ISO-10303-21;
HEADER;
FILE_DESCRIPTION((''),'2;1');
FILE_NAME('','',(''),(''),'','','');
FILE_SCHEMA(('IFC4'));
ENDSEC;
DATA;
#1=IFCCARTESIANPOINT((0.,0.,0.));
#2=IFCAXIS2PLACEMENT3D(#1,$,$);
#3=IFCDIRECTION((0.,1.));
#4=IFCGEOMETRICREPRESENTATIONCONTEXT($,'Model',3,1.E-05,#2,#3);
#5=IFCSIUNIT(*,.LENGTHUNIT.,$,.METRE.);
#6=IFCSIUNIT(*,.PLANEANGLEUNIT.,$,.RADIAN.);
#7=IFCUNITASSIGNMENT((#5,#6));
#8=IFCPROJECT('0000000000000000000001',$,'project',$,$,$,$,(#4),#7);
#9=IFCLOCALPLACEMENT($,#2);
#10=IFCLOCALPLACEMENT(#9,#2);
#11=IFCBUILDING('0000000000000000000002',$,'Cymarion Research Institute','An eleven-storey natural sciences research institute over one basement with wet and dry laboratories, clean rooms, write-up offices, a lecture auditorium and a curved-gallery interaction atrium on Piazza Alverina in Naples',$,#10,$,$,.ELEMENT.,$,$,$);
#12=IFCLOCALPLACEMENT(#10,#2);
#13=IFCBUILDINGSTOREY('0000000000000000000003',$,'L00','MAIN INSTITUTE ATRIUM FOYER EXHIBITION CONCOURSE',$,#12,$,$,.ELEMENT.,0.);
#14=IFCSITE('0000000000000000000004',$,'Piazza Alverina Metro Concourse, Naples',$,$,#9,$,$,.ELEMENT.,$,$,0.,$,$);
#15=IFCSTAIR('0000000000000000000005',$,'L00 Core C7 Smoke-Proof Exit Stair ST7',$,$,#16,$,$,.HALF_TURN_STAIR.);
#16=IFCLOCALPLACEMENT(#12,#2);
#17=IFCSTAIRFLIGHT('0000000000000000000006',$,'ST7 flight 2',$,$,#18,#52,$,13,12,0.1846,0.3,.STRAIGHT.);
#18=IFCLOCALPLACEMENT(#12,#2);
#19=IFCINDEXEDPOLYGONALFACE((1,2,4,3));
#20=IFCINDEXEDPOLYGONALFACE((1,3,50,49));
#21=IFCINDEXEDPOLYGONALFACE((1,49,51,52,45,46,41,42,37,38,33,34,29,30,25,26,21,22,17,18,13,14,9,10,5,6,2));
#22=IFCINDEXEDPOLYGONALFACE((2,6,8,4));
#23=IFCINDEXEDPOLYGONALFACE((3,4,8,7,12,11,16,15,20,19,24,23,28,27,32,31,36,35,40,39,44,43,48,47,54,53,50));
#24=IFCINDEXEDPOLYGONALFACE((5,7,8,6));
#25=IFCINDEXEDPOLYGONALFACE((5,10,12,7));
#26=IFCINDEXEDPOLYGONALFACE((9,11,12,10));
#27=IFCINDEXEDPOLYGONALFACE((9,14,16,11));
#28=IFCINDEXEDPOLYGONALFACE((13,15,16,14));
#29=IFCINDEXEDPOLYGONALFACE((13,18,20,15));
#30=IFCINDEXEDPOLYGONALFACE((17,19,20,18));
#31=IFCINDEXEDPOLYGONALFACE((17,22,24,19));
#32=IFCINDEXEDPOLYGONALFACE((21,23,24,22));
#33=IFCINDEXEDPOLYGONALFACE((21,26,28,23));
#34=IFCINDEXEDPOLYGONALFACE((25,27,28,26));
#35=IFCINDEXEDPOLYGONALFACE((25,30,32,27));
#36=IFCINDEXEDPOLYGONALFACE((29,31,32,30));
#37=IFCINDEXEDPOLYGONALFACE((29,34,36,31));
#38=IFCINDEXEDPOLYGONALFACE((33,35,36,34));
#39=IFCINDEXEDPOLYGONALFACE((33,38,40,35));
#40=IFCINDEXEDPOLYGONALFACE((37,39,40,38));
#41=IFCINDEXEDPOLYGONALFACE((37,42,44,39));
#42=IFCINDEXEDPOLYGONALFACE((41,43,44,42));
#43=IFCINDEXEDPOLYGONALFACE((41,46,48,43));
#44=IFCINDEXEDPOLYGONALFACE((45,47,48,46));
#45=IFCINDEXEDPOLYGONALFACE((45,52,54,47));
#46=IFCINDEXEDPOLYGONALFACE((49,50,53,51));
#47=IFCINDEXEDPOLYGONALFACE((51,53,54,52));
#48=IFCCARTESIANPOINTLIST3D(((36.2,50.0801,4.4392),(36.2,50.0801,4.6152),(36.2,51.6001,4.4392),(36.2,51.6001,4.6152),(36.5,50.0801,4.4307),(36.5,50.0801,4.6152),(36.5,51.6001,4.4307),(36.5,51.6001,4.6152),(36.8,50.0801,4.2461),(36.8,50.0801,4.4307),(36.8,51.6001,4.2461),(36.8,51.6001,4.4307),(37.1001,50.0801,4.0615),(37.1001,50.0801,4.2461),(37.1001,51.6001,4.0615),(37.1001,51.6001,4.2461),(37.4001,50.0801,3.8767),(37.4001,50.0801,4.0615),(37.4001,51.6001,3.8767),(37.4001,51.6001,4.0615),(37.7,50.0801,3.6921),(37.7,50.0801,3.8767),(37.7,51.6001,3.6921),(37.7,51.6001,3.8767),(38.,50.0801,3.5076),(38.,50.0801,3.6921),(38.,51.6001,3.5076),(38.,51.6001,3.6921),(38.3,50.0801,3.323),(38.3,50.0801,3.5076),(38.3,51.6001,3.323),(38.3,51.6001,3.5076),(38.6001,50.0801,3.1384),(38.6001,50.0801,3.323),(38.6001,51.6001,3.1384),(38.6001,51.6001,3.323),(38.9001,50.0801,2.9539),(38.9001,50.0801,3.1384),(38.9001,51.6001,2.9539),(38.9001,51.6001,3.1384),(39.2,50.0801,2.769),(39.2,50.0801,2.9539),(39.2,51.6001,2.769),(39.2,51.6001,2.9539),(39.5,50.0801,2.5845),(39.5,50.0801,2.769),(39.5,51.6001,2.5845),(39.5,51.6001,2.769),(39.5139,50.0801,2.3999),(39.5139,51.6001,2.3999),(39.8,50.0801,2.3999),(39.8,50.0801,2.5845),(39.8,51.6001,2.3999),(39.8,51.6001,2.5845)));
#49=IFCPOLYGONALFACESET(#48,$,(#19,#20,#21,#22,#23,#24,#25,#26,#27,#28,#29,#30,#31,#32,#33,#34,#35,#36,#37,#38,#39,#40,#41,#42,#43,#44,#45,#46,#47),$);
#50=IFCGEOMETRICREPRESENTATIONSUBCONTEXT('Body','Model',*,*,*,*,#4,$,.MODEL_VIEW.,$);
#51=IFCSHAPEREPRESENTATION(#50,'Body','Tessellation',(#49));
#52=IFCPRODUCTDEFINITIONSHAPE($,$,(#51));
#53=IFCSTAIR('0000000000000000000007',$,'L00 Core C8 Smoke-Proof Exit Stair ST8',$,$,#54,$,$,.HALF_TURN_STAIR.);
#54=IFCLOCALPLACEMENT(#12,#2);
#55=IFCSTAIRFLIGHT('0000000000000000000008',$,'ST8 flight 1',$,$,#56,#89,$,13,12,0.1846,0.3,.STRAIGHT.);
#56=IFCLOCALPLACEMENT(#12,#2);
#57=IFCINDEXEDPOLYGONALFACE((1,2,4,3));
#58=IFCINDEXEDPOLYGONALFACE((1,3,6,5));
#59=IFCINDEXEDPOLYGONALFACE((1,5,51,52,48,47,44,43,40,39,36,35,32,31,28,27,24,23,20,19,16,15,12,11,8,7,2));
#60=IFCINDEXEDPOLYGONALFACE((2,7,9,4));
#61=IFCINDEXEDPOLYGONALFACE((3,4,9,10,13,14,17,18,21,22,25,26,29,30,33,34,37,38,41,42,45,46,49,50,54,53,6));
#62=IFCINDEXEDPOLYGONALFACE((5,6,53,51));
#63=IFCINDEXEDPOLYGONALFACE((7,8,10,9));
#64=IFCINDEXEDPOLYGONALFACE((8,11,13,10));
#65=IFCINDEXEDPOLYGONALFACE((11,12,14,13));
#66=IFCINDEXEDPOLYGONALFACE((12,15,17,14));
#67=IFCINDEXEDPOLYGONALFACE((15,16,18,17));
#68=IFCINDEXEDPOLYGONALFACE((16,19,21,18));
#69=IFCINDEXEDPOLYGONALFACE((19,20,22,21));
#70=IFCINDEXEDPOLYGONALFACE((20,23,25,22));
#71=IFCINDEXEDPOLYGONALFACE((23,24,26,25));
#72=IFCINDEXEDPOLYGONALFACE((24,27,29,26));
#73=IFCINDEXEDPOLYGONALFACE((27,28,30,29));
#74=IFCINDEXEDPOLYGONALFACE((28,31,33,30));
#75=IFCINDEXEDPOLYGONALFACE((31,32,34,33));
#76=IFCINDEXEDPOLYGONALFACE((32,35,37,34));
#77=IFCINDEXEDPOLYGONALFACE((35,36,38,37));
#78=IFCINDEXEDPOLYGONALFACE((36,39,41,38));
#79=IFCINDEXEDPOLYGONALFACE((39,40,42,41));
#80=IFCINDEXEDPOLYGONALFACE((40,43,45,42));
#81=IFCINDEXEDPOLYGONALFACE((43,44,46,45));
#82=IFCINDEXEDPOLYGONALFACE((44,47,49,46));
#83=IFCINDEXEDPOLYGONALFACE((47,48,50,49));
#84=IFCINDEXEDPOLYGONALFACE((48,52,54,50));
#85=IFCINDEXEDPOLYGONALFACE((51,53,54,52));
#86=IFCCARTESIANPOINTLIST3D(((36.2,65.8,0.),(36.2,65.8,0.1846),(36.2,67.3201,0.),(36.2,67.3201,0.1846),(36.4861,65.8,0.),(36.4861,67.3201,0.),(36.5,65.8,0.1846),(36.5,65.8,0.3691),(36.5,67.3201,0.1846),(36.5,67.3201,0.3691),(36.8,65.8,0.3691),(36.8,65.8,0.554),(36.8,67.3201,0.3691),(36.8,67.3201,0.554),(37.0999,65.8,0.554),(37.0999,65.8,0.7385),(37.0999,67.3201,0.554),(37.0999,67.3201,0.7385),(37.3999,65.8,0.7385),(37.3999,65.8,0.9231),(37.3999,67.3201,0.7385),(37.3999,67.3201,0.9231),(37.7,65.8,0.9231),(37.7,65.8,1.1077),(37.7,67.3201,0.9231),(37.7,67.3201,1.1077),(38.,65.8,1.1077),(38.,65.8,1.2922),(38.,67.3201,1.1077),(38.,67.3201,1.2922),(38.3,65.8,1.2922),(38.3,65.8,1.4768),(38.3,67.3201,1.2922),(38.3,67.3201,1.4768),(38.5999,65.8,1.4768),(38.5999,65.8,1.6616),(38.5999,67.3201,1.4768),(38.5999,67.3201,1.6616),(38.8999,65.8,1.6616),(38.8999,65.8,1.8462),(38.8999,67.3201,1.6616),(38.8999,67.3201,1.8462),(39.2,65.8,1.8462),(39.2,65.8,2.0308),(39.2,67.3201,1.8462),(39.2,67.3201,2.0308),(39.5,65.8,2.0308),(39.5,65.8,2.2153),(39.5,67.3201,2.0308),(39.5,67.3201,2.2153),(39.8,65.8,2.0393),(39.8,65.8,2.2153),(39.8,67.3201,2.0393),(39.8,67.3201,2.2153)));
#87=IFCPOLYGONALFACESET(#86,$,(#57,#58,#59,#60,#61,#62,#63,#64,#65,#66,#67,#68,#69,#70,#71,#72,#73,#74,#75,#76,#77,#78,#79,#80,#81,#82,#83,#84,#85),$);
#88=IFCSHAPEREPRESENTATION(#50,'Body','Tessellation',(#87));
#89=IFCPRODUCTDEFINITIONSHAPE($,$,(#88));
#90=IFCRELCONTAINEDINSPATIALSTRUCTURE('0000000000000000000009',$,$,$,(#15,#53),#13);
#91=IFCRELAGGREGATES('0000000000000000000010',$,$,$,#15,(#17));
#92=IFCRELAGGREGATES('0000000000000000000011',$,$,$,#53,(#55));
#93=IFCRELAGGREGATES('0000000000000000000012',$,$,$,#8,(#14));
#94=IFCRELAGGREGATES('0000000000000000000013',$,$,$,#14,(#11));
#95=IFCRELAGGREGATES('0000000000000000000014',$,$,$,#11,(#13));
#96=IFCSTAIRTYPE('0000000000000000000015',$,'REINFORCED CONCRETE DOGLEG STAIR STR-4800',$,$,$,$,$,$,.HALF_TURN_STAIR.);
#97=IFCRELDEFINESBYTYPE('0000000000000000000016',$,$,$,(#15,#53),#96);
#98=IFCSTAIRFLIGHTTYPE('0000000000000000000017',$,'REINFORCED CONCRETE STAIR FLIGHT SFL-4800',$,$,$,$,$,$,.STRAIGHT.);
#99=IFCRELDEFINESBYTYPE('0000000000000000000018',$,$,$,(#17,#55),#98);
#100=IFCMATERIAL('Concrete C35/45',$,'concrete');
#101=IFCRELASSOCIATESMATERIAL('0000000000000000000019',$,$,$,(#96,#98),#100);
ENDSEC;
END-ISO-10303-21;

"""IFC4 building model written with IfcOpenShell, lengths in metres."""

from ifc_helpers import new_model, si_unit, direction, frame, origin, place, context, subcontext, project, spatial, polyline, outline, extrude, material, type_object, element, aggregate, save


model = new_model("IFC4")

# Units and contexts
model_context = context("Model", 3, precision=1e-05, world=origin(), true_north=direction((0.0, 1.0)))
body_context = subcontext(model_context, "Body", "Model", "MODEL_VIEW")
ifc_project = project(units=[si_unit("LENGTHUNIT", "METRE"), si_unit("PLANEANGLEUNIT", "RADIAN")], contexts=[model_context])

# Site, building, storey
site_placement = place(None, origin())
site = spatial("IfcSite", under=ifc_project, at=site_placement, Name="Piazza Alverina Metro Concourse, Naples", CompositionType="ELEMENT", RefElevation=0.0)
building_placement = place(site_placement, origin())
building = spatial("IfcBuilding", under=site, at=building_placement, Name="Cymarion Research Institute", Description="An eleven-storey natural sciences research institute over one basement with wet and dry laboratories, clean rooms, write-up offices, a lecture auditorium and a curved-gallery interaction atrium on Piazza Alverina in Naples", CompositionType="ELEMENT")
storey_placement = place(building_placement, origin())
storey = spatial("IfcBuildingStorey", under=building, at=storey_placement, Name="L00", Description="MAIN INSTITUTE ATRIUM FOYER EXHIBITION CONCOURSE", CompositionType="ELEMENT", Elevation=0.0)

# Stair, stair flight
ifc_material_1 = material(Name="Concrete C35/45", Category="concrete")
stair_type = type_object("IfcStairType", Name="REINFORCED CONCRETE DOGLEG STAIR STR-4800", PredefinedType="HALF_TURN_STAIR", material=ifc_material_1)
stair_1_placement = place(storey_placement, origin())
stair_1 = element("IfcStair", 1, at=stair_1_placement, inside=storey, type_object=stair_type, Name="L00 Core C7 Smoke-Proof Exit Stair ST7", PredefinedType="HALF_TURN_STAIR")
stair_flight_type = type_object("IfcStairFlightType", Name="REINFORCED CONCRETE STAIR FLIGHT SFL-4800", PredefinedType="STRAIGHT", material=ifc_material_1)
stair_flight_1_placement = place(storey_placement, frame((39.8, 50.8401, 2.3999), z_axis=(0.0, 0.0, 1.0), x_axis=(-1.0, 0.0, 0.0)))
stair_flight_1 = element("IfcStairFlight", 2, at=stair_flight_1_placement, type_object=stair_flight_type, Name="ST7 flight 2", NumberOfRisers=13, NumberOfTreads=12, PredefinedType="STRAIGHT", RiserHeight=0.1846, TreadLength=0.3, context=body_context, shape_type="SweptSolid", body=[
    extrude(outline(polyline([(0.0, 0.0), (0.0, 0.1846), (0.3, 0.1846), (0.3, 0.3691), (0.6001, 0.3691), (0.6001, 0.554), (0.8999, 0.554), (0.8999, 0.7385), (1.2, 0.7385), (1.2, 0.9231), (1.5, 0.9231), (1.5, 1.1077), (1.8, 1.1077), (1.8, 1.2922), (2.1001, 1.2922), (2.1001, 1.4768), (2.3999, 1.4768), (2.3999, 1.6616), (2.7, 1.6616), (2.7, 1.8462), (3.0, 1.8462), (3.0, 2.0308), (3.3, 2.0308), (3.3, 2.2153), (3.6001, 2.2153), (3.6001, 2.3999), (3.6001, 2.0393), (0.2861, 0.0), (0.0, 0.0)])), frame((0.0, 0.76, 0.0), z_axis=(0.0, -1.0, 0.0), x_axis=(1.0, 0.0, 0.0)), (0.0, 0.0, 1.0), 1.52),
])
aggregate(stair_1, [stair_flight_1])

# Stair, stair flight
stair_2_placement = place(storey_placement, origin())
stair_2 = element("IfcStair", 3, at=stair_2_placement, inside=storey, type_object=stair_type, Name="L00 Core C8 Smoke-Proof Exit Stair ST8", PredefinedType="HALF_TURN_STAIR")
stair_flight_2_placement = place(storey_placement, frame((36.2, 66.5601, 0.0), z_axis=(0.0, 0.0, 1.0), x_axis=(1.0, 0.0, 0.0)))
stair_flight_2 = element("IfcStairFlight", 4, at=stair_flight_2_placement, type_object=stair_flight_type, Name="ST8 flight 1", NumberOfRisers=13, NumberOfTreads=12, PredefinedType="STRAIGHT", RiserHeight=0.1846, TreadLength=0.3, context=body_context, shape_type="SweptSolid", body=[
    extrude(outline(polyline([(0.0, 0.0), (0.0, 0.1846), (0.3, 0.1846), (0.3, 0.3691), (0.6001, 0.3691), (0.6001, 0.554), (0.8999, 0.554), (0.8999, 0.7385), (1.2, 0.7385), (1.2, 0.9231), (1.5, 0.9231), (1.5, 1.1077), (1.8, 1.1077), (1.8, 1.2922), (2.1001, 1.2922), (2.1001, 1.4768), (2.3999, 1.4768), (2.3999, 1.6616), (2.7, 1.6616), (2.7, 1.8462), (3.0, 1.8462), (3.0, 2.0308), (3.3, 2.0308), (3.3, 2.2153), (3.6001, 2.2153), (3.6001, 2.3999), (3.6001, 2.0393), (0.2861, 0.0), (0.0, 0.0)])), frame((0.0, 0.76, 0.0), z_axis=(0.0, -1.0, 0.0), x_axis=(1.0, 0.0, 0.0)), (0.0, 0.0, 1.0), 1.52),
])
aggregate(stair_2, [stair_flight_2])

save(model, "model.ifc")
